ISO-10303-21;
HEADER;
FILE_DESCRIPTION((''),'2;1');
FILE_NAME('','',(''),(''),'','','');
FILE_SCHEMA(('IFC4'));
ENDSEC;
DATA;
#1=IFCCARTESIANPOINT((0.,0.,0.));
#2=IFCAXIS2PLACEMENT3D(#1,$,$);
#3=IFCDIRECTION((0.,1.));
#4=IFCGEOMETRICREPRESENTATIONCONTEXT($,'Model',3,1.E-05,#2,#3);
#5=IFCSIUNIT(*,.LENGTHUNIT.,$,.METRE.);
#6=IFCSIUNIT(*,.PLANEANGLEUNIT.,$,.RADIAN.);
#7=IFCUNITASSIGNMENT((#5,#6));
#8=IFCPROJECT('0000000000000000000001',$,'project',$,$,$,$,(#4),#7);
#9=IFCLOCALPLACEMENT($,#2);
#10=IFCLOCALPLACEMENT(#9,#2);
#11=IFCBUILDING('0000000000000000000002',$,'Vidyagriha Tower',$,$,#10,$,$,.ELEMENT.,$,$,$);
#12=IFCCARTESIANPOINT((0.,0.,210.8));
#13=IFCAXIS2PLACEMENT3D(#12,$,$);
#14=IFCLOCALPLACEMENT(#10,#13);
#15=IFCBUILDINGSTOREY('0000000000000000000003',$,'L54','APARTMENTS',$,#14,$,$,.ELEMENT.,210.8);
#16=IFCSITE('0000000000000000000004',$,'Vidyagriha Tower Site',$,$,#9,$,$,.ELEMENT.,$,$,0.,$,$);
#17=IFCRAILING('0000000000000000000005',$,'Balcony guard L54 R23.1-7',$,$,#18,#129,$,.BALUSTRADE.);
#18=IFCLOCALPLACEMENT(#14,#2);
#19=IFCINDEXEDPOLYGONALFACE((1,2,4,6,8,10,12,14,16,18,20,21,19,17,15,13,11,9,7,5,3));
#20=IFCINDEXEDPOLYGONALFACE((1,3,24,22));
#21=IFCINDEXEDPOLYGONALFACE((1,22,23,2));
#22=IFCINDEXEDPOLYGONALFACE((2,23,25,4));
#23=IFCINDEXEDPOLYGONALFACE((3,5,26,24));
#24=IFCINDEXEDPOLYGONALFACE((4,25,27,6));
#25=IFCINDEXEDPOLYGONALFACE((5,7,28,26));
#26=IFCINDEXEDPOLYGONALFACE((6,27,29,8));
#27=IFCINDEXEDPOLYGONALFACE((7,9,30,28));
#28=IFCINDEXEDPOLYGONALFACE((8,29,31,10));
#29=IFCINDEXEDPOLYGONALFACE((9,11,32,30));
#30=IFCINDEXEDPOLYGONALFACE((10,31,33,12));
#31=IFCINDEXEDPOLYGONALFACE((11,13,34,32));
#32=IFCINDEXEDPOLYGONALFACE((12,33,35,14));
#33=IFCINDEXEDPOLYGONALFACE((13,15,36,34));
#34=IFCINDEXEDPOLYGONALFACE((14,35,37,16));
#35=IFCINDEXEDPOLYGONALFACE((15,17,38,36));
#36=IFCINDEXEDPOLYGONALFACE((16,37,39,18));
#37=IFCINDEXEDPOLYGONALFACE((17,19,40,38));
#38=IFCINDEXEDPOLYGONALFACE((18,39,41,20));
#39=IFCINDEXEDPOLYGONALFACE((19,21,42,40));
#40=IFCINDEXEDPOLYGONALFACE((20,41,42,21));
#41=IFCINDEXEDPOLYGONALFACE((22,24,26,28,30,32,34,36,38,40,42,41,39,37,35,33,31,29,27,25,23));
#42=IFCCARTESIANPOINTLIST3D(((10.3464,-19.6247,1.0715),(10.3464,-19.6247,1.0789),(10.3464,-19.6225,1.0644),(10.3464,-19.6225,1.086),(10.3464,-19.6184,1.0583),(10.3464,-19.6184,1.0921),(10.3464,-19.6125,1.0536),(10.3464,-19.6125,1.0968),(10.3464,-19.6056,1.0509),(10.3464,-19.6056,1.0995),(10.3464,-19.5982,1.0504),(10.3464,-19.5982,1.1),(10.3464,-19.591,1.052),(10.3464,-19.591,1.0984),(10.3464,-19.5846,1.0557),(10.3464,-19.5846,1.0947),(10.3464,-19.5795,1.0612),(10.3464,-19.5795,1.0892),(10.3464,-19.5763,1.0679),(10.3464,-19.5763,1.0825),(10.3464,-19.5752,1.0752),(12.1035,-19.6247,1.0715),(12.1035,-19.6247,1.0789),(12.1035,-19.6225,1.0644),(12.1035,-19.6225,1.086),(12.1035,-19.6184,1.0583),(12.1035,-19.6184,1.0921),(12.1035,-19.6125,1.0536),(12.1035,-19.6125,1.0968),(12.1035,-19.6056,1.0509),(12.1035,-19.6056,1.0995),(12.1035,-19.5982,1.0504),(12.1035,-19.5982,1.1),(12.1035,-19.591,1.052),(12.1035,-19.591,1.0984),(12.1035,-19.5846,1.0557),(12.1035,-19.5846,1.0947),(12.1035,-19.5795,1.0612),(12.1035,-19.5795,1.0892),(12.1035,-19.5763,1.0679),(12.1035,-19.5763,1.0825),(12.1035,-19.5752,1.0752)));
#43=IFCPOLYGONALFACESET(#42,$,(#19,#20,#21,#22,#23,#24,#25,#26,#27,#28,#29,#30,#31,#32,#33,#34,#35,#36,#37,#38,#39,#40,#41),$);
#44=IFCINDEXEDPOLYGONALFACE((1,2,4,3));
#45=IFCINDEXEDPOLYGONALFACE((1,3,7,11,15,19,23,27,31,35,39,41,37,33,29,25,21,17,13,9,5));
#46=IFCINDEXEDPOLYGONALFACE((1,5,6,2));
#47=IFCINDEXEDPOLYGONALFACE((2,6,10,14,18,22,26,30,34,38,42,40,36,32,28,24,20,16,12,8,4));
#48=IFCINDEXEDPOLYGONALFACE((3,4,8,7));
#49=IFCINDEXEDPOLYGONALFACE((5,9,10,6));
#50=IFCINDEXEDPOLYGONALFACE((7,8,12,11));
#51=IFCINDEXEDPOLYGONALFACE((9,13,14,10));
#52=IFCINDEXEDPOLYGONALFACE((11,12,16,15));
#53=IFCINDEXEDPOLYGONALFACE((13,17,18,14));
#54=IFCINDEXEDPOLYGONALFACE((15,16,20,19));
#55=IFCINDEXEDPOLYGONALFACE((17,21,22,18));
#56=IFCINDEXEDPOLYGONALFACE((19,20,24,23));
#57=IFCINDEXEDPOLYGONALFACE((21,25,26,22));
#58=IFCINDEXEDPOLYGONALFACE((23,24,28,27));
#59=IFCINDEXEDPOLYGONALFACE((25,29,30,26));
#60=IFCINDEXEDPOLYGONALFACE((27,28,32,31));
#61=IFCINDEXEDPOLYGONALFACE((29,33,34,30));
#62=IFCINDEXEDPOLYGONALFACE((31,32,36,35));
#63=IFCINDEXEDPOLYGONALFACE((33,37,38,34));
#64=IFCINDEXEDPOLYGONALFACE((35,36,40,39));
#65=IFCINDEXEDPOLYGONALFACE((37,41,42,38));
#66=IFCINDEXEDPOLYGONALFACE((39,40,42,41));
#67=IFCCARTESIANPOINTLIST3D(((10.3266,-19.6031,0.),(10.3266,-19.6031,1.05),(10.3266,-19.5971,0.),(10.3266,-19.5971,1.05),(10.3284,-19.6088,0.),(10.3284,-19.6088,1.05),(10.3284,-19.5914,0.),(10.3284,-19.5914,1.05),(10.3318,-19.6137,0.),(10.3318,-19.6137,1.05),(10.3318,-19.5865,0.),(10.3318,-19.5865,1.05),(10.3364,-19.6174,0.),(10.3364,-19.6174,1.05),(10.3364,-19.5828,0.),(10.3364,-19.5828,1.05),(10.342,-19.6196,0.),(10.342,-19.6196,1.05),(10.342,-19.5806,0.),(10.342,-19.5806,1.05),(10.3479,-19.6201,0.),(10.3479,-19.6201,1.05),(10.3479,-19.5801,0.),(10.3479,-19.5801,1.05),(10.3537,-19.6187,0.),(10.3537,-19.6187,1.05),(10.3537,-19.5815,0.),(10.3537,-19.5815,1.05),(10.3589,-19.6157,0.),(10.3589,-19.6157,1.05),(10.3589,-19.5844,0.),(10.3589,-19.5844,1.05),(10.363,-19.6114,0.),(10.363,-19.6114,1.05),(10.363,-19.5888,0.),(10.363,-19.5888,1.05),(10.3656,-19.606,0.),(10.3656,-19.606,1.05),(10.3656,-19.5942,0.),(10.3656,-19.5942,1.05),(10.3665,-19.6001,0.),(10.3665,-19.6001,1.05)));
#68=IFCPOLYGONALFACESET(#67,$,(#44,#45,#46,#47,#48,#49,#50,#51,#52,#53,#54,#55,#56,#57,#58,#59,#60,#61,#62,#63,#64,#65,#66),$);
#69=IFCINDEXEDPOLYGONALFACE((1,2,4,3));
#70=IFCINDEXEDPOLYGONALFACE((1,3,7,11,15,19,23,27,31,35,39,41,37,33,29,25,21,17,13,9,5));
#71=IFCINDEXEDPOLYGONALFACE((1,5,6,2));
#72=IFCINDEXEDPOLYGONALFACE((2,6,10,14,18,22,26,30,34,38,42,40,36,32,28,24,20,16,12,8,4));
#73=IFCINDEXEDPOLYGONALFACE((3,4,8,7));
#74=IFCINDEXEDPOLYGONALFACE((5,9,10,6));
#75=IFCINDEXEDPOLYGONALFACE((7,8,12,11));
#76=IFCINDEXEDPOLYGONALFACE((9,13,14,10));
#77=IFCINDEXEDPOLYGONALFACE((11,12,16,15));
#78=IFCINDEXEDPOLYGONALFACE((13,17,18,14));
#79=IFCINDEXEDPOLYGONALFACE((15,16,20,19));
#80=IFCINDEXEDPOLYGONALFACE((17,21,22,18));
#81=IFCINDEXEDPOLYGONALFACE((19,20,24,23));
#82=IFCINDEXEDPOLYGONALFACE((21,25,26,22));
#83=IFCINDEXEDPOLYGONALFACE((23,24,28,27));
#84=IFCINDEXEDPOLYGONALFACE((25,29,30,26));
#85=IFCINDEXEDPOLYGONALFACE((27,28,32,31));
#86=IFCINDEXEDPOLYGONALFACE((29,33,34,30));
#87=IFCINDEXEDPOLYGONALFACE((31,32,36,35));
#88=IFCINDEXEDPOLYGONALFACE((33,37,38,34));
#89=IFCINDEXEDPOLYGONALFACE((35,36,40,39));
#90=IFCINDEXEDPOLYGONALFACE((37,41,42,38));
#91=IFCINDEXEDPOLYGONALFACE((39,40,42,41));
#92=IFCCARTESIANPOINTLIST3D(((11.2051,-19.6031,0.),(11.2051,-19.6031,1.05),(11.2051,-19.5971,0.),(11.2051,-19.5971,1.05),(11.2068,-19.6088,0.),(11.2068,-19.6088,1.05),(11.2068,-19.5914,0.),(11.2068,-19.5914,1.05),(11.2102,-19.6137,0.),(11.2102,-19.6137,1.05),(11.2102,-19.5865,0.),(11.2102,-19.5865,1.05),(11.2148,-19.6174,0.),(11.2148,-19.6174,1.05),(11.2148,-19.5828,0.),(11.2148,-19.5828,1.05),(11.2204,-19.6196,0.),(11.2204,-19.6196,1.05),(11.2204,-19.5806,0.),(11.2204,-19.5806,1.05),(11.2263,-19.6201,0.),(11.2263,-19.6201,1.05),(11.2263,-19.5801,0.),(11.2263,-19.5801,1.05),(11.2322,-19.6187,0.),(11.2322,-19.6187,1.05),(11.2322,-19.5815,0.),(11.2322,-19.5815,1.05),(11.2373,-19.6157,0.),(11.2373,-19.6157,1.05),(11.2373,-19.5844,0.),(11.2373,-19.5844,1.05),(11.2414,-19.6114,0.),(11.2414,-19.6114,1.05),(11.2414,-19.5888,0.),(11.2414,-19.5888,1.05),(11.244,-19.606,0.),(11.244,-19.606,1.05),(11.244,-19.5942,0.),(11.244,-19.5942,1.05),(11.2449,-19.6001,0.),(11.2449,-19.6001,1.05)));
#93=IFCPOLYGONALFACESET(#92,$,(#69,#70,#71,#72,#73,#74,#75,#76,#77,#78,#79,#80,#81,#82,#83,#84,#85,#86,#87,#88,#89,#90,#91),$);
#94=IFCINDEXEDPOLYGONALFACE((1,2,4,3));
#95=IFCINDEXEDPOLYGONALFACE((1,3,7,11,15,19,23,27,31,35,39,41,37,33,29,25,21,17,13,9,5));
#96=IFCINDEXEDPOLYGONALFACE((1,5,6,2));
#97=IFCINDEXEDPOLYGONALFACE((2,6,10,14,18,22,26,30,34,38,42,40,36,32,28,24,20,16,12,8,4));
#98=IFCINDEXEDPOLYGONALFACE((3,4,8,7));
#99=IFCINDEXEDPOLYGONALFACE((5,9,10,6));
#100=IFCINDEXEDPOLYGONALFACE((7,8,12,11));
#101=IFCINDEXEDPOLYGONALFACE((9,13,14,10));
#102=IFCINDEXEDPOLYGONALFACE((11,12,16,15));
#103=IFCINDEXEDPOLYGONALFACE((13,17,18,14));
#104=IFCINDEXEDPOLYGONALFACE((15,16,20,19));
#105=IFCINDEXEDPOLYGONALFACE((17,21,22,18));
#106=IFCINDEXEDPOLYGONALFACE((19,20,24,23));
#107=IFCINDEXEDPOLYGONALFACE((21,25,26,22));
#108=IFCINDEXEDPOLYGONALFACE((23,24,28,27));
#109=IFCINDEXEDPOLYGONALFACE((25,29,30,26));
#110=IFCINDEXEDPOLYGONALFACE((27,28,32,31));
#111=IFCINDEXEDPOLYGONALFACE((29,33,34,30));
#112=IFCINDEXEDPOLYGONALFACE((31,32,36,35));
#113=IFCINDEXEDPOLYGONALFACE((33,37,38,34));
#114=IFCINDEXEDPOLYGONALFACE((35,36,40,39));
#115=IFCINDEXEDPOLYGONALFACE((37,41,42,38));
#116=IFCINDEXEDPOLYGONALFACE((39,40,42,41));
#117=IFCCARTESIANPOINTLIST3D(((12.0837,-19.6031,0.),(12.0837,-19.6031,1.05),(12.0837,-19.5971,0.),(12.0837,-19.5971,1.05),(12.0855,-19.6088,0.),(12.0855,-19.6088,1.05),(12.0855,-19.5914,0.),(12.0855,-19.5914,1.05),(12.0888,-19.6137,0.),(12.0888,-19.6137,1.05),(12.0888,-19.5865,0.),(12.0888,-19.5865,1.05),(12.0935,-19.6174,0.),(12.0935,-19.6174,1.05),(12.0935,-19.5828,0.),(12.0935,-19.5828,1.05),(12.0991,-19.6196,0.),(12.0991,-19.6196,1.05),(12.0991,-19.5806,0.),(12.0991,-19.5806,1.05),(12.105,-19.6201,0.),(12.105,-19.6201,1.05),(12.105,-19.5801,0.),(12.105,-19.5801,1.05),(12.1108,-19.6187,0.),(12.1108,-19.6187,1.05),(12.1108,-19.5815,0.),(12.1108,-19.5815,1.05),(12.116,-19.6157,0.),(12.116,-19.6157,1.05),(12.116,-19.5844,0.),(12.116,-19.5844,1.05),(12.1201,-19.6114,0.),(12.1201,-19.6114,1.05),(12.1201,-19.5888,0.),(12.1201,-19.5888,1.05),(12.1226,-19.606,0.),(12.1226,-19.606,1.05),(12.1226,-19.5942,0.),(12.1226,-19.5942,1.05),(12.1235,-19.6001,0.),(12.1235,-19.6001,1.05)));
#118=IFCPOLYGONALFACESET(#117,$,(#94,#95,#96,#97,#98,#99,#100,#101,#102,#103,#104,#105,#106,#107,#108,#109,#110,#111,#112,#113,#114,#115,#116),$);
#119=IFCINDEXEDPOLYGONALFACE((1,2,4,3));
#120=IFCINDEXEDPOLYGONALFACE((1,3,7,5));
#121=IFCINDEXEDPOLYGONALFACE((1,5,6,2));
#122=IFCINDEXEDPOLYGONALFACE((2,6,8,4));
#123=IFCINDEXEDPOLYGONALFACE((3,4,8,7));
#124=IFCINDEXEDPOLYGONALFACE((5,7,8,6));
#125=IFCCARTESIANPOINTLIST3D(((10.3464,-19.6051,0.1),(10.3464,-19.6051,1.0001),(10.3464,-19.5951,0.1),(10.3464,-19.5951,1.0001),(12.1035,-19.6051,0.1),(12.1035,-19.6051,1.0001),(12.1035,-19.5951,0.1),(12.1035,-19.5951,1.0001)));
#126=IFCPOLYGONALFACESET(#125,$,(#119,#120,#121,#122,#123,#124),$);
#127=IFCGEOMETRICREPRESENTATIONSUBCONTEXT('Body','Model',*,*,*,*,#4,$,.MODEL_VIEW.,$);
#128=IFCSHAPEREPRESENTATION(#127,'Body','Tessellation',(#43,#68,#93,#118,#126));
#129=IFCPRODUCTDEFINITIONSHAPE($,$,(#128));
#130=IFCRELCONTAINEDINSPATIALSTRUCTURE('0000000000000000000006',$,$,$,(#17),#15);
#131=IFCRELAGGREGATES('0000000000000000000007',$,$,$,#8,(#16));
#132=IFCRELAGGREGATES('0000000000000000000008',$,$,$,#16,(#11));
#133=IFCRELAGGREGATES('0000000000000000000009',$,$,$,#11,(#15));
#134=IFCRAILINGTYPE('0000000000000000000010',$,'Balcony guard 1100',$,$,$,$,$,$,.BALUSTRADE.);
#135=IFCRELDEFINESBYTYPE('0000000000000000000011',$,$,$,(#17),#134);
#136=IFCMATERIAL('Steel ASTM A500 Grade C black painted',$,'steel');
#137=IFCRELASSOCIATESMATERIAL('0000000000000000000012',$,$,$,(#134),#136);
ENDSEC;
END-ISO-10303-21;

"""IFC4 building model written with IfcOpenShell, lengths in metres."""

from ifc_helpers import new_model, si_unit, direction, frame, origin, origin_2d, place, context, subcontext, project, spatial, rectangle, circle, extrude, material, type_object, element, save


model = new_model("IFC4")

# Units and contexts
model_context = context("Model", 3, precision=1e-05, world=origin(), true_north=direction((0.0, 1.0)))
body_context = subcontext(model_context, "Body", "Model", "MODEL_VIEW")
ifc_project = project(units=[si_unit("LENGTHUNIT", "METRE"), si_unit("PLANEANGLEUNIT", "RADIAN")], contexts=[model_context])

# Site, building, storey
site_placement = place(None, origin())
site = spatial("IfcSite", under=ifc_project, at=site_placement, Name="Vidyagriha Tower Site", CompositionType="ELEMENT", RefElevation=0.0)
building_placement = place(site_placement, origin())
building = spatial("IfcBuilding", under=site, at=building_placement, Name="Vidyagriha Tower", CompositionType="ELEMENT")
storey_placement = place(building_placement, frame((0.0, 0.0, 210.8)))
storey = spatial("IfcBuildingStorey", under=building, at=storey_placement, Name="L54", Description="APARTMENTS", CompositionType="ELEMENT", Elevation=210.8)

# Railing
ifc_material_1 = material(Name="Steel ASTM A500 Grade C black painted", Category="steel")
railing_type = type_object("IfcRailingType", Name="Balcony guard 1100", PredefinedType="BALUSTRADE", material=ifc_material_1)
railing_1_placement = place(storey_placement, frame((10.3464, -19.6001, 0.0)))
element("IfcRailing", 1, at=railing_1_placement, inside=storey, type_object=railing_type, Name="Balcony guard L54 R23.1-7", PredefinedType="BALUSTRADE", context=body_context, shape_type="SweptSolid", body=[
    extrude(circle(Radius=0.0249, at=origin_2d()), frame((0.0, 0.0, 1.0752), z_axis=(1.0, 0.0, 0.0), x_axis=(0.0, 1.0, 0.0)), (0.0, 0.0, 1.0), 1.7571),
    extrude(circle(Radius=0.02, at=origin_2d()), origin(), (0.0, 0.0, 1.0), 1.05),
    extrude(circle(Radius=0.02, at=origin_2d()), frame((0.8784, 0.0, 0.0)), (0.0, 0.0, 1.0), 1.05),
    extrude(circle(Radius=0.02, at=origin_2d()), frame((1.7571, 0.0, 0.0)), (0.0, 0.0, 1.0), 1.05),
    extrude(rectangle(XDim=0.01, YDim=0.9001, at=origin_2d()), frame((0.0, 0.0, 0.55), z_axis=(1.0, 0.0, 0.0), x_axis=(0.0, 1.0, 0.0)), (0.0, 0.0, 1.0), 1.7571),
])

save(model, "model.ifc")
